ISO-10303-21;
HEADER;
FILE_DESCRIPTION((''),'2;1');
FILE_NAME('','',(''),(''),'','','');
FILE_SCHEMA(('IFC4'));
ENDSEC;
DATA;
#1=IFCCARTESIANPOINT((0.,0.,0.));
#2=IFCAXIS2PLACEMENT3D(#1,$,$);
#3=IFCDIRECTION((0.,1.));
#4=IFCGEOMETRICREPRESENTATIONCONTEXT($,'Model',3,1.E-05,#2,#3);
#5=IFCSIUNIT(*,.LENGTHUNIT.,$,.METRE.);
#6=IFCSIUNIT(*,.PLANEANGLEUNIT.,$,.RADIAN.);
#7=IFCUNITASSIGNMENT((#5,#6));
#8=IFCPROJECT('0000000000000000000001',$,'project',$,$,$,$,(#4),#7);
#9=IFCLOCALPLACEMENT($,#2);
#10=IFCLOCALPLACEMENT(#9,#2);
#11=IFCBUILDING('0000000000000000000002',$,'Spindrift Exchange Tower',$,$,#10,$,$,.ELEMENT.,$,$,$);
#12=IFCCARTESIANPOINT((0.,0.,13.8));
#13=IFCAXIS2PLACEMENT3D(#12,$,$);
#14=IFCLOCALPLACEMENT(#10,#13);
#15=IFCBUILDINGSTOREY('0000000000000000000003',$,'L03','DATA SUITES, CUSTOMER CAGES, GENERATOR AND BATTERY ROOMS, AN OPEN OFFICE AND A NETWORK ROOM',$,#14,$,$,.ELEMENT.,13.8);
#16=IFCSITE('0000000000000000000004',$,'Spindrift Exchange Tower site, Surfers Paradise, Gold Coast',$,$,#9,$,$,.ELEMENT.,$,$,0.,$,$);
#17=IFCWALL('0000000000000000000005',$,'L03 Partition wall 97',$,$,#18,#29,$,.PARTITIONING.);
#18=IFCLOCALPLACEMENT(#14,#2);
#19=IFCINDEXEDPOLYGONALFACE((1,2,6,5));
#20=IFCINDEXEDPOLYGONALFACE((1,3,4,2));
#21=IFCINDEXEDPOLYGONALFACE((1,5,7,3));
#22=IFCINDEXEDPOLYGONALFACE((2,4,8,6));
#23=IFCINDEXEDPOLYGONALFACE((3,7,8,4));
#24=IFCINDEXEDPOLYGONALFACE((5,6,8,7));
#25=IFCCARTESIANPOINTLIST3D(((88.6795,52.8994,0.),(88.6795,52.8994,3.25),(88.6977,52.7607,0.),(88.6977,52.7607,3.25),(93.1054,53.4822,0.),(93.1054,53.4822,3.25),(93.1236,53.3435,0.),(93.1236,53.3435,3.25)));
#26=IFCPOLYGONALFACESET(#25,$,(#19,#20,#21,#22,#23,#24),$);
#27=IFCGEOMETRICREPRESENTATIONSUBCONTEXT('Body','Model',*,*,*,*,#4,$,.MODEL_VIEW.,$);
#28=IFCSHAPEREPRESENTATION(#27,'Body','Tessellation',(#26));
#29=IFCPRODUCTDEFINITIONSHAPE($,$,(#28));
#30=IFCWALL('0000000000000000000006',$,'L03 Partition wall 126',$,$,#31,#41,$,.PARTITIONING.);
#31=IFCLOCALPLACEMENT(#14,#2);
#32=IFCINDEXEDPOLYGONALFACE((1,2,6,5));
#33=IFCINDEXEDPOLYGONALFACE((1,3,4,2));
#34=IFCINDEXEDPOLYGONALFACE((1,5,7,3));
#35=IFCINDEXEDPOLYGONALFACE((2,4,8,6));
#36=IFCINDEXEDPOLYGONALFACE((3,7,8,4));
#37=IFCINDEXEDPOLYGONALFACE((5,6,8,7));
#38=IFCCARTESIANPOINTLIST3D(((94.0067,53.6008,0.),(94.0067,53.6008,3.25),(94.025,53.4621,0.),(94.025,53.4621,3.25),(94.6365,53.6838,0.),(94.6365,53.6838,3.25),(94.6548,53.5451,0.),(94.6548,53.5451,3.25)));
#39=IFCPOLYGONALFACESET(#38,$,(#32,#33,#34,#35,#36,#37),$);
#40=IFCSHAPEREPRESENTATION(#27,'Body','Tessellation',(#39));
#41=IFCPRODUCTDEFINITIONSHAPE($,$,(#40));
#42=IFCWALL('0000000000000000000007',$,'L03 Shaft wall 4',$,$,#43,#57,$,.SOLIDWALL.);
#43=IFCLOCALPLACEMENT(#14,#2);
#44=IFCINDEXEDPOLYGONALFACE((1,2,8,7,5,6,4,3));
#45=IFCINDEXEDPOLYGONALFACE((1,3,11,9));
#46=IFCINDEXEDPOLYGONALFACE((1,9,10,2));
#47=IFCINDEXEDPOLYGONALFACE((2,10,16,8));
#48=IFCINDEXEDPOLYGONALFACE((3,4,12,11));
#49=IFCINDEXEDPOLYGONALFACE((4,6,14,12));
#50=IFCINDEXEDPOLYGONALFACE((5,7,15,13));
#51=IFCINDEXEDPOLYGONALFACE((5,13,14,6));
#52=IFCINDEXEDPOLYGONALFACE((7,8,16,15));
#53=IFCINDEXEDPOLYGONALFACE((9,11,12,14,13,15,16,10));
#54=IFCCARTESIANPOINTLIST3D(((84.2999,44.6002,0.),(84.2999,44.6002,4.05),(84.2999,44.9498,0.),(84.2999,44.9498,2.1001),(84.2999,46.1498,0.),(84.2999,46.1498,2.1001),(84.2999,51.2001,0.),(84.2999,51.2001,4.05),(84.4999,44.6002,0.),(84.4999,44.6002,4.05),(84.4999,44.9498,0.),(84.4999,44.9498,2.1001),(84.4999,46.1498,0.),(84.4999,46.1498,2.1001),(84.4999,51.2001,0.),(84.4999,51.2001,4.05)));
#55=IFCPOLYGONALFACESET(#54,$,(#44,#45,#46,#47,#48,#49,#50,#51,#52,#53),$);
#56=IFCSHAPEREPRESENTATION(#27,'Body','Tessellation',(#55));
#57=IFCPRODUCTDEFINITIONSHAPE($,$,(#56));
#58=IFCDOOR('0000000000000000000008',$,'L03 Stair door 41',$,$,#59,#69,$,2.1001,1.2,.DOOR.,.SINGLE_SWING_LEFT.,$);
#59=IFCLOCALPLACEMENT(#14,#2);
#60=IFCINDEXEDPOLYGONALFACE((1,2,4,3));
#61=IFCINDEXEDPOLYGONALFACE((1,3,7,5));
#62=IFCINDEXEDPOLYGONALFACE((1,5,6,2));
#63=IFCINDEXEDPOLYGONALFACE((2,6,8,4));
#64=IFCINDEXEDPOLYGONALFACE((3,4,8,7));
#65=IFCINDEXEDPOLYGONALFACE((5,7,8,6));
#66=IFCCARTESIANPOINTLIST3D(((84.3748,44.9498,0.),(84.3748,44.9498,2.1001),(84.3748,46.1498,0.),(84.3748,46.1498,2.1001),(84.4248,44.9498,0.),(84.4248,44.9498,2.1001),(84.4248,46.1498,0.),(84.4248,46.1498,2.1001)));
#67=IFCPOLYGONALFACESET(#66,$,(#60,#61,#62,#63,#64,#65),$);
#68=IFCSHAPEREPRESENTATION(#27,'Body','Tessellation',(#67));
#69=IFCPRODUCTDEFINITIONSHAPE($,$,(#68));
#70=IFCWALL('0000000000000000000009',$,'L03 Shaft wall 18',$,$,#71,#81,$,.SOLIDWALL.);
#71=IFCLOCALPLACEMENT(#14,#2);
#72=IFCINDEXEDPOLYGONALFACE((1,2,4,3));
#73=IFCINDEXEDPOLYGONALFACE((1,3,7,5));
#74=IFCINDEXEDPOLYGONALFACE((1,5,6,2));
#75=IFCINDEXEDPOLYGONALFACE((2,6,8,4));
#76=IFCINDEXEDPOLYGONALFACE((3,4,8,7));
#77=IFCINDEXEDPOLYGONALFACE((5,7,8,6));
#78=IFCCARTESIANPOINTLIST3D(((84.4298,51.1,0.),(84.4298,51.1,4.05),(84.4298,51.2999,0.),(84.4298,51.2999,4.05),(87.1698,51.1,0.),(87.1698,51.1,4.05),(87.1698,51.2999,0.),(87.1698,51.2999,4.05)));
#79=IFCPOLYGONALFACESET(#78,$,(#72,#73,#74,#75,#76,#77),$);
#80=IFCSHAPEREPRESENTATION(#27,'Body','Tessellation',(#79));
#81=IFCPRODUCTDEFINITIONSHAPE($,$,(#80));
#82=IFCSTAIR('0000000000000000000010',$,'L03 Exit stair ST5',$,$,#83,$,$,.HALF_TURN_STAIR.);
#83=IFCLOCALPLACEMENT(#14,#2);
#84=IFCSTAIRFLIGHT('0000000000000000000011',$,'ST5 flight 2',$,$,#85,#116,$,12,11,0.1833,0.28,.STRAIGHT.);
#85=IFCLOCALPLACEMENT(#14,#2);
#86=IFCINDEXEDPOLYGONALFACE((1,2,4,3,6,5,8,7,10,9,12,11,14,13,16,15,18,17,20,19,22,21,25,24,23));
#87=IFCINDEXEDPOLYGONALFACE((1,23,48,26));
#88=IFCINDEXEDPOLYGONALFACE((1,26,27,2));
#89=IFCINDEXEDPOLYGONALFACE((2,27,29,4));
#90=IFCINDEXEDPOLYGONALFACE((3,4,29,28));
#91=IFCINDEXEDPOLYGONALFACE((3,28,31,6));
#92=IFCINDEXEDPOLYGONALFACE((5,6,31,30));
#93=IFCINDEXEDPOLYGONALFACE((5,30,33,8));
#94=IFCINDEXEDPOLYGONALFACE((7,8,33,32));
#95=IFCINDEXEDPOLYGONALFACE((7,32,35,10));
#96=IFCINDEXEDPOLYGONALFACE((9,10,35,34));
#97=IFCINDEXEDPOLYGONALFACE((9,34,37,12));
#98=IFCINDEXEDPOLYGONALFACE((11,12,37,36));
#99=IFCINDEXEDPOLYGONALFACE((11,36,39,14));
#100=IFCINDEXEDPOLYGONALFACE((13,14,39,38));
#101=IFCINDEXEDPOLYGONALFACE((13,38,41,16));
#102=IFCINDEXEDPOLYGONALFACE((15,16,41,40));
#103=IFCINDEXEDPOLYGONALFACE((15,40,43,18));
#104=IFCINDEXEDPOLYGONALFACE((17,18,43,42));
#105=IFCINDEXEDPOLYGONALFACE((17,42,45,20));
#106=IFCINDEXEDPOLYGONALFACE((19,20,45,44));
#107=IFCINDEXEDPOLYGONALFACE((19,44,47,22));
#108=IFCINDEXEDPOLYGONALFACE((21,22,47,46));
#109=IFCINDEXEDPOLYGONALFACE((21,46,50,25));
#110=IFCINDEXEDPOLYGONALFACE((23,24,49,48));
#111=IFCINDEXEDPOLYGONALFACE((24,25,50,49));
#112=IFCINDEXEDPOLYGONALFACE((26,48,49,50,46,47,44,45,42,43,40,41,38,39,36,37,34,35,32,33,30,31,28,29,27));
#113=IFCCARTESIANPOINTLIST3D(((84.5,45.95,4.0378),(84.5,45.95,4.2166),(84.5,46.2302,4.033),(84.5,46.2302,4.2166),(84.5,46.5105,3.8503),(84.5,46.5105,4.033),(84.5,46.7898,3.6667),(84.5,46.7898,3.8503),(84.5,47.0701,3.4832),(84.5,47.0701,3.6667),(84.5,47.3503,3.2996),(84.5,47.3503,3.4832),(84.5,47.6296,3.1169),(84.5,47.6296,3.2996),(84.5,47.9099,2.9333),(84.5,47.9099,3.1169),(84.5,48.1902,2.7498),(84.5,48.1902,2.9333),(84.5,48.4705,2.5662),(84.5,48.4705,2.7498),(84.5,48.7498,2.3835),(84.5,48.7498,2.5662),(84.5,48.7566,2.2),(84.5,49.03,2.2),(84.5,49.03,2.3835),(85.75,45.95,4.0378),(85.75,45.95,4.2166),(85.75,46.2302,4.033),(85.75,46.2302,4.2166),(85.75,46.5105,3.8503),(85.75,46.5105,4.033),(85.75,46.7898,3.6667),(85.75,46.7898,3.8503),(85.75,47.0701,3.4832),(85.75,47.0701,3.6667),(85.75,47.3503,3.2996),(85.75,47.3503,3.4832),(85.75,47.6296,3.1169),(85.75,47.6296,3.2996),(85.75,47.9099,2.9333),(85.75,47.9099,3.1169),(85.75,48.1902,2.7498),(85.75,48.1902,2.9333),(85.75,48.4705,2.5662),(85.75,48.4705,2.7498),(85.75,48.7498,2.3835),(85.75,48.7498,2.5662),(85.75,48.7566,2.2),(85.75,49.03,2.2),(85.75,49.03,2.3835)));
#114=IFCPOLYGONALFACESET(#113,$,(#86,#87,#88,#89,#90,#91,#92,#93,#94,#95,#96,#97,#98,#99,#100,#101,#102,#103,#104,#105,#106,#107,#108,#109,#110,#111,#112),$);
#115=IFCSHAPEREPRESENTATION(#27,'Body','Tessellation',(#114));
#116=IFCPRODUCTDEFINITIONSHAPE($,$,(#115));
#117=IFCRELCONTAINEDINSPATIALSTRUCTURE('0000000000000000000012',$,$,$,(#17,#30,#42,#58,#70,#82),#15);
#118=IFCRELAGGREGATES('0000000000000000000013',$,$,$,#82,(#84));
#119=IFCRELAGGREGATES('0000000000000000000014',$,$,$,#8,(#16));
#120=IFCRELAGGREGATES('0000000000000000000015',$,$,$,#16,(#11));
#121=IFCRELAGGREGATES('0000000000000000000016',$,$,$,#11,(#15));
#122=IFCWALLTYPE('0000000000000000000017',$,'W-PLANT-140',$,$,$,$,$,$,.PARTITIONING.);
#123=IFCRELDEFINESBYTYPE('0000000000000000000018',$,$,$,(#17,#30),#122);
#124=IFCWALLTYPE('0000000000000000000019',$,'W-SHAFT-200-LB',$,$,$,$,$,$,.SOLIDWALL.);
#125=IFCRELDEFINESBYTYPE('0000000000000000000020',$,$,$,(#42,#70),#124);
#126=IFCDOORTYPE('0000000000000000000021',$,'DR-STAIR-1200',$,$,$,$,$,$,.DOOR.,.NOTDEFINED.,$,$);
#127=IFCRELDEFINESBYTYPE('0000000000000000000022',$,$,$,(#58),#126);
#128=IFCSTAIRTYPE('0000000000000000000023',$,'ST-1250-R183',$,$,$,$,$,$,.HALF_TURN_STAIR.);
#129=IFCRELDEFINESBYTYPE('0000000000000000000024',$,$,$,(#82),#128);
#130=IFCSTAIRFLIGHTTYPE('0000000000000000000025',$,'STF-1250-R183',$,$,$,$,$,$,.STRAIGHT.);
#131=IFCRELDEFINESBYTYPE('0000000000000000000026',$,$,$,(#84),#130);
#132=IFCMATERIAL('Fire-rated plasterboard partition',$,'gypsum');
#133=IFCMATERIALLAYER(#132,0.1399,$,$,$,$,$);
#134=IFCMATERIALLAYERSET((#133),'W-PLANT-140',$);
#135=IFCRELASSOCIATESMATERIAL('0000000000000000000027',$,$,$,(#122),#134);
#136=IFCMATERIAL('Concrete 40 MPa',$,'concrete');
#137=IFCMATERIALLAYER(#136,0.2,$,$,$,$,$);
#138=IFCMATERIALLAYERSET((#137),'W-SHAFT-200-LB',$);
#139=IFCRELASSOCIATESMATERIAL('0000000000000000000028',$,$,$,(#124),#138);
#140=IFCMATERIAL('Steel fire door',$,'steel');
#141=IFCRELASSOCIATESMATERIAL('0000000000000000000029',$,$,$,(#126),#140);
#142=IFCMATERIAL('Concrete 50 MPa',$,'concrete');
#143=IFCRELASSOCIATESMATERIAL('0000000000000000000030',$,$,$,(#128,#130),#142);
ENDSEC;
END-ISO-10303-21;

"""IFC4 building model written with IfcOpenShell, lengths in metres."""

from ifc_helpers import new_model, si_unit, direction, frame, frame_2d, origin, place, context, subcontext, project, spatial, line, indexed_curve, rectangle, outline, extrude, source, transform, mapped, material, layer, layer_set, type_object, element, fill, aggregate, save


model = new_model("IFC4")

# Units and contexts
model_context = context("Model", 3, precision=1e-05, world=origin(), true_north=direction((0.0, 1.0)))
body_context = subcontext(model_context, "Body", "Model", "MODEL_VIEW")
ifc_project = project(units=[si_unit("LENGTHUNIT", "METRE"), si_unit("PLANEANGLEUNIT", "RADIAN")], contexts=[model_context])

# Site, building, storey
site_placement = place(None, origin())
site = spatial("IfcSite", under=ifc_project, at=site_placement, Name="Spindrift Exchange Tower site, Surfers Paradise, Gold Coast", CompositionType="ELEMENT", RefElevation=0.0)
building_placement = place(site_placement, origin())
building = spatial("IfcBuilding", under=site, at=building_placement, Name="Spindrift Exchange Tower", CompositionType="ELEMENT")
storey_placement = place(building_placement, frame((0.0, 0.0, 13.8)))
storey = spatial("IfcBuildingStorey", under=building, at=storey_placement, Name="L03", Description="DATA SUITES, CUSTOMER CAGES, GENERATOR AND BATTERY ROOMS, AN OPEN OFFICE AND A NETWORK ROOM", CompositionType="ELEMENT", Elevation=13.8)

# Shared definitions
ifc_material_1 = material(Name="Concrete 50 MPa", Category="concrete")

# Shared definitions
ifc_material_2 = material(Name="Fire-rated plasterboard partition", Category="gypsum")
ifc_layer_1 = layer(ifc_material_2, 0.1399)
ifc_layer_set_1 = layer_set([ifc_layer_1], Name="W-PLANT-140")
wall_type_1 = type_object("IfcWallType", Name="W-PLANT-140", PredefinedType="PARTITIONING", material=ifc_layer_set_1)

# Walls
wall_1_placement = place(storey_placement, frame((88.6887, 52.8301, 0.0), z_axis=(0.0, 0.0, 1.0), x_axis=(0.991443, 0.130541, 0.0)))
element("IfcWall", 1, at=wall_1_placement, inside=storey, type_object=wall_type_1, Name="L03 Partition wall 97", PredefinedType="PARTITIONING", context=body_context, shape_type="SweptSolid", body=[
    extrude(rectangle(XDim=4.4641, YDim=0.1399, at=frame_2d((2.2319, 0.0))), origin(), (0.0, 0.0, 1.0), 3.25),
])
wall_2_placement = place(storey_placement, frame((94.0159, 53.5315, 0.0), z_axis=(0.0, 0.0, 1.0), x_axis=(0.991428, 0.130653, 0.0)))
element("IfcWall", 2, at=wall_2_placement, inside=storey, type_object=wall_type_1, Name="L03 Partition wall 126", PredefinedType="PARTITIONING", context=body_context, shape_type="SweptSolid", body=[
    extrude(rectangle(XDim=0.6353, YDim=0.1399, at=frame_2d((0.3176, 0.0))), origin(), (0.0, 0.0, 1.0), 3.25),
])

# Wall, opening, door
ifc_material_3 = material(Name="Concrete 40 MPa", Category="concrete")
ifc_layer_2 = layer(ifc_material_3, 0.2)
ifc_layer_set_2 = layer_set([ifc_layer_2], Name="W-SHAFT-200-LB")
wall_type_2 = type_object("IfcWallType", Name="W-SHAFT-200-LB", PredefinedType="SOLIDWALL", material=ifc_layer_set_2)
wall_3_placement = place(storey_placement, frame((84.3999, 51.2, 0.0), z_axis=(0.0, 0.0, 1.0), x_axis=(0.0, -1.0, 0.0)))
wall_3 = element("IfcWall", 3, at=wall_3_placement, inside=storey, type_object=wall_type_2, Name="L03 Shaft wall 4", PredefinedType="SOLIDWALL", context=body_context, shape_type="SweptSolid", body=[
    extrude(rectangle(XDim=6.5999, YDim=0.2, at=frame_2d((3.2998, 0.0))), origin(), (0.0, 0.0, 1.0), 4.05),
])
opening_1_placement = place(wall_3_placement, frame((5.05, 0.0, 0.0)))
opening_1 = element("IfcOpeningElement", 4, at=opening_1_placement, cuts=wall_3, PredefinedType="OPENING", context=body_context, shape_type="SweptSolid", body=[
    extrude(rectangle(XDim=1.2, YDim=2.1001, at=frame_2d((0.6001, 1.05))), frame((0.0, 0.1099, 0.0), z_axis=(0.0, -1.0, 0.0), x_axis=(1.0, 0.0, 0.0)), (0.0, 0.0, 1.0), 0.22),
])
ifc_material_4 = material(Name="Steel fire door", Category="steel")
door_type_1 = type_object("IfcDoorType", Name="DR-STAIR-1200", OperationType="NOTDEFINED", PredefinedType="DOOR", material=ifc_material_4)
shared_shape_1 = source(origin(), body_context, "Body", "SweptSolid", [
    extrude(rectangle(XDim=1.2, YDim=2.1001, at=frame_2d((0.6001, 1.05))), frame((0.0, 0.0249, 0.0), z_axis=(0.0, -1.0, 0.0), x_axis=(1.0, 0.0, 0.0)), (0.0, 0.0, 1.0), 0.05),
])
door_1_placement = place(opening_1_placement, origin())
door_1 = element("IfcDoor", 5, at=door_1_placement, inside=storey, type_object=door_type_1, Name="L03 Stair door 41", OperationType="SINGLE_SWING_LEFT", OverallHeight=2.1001, OverallWidth=1.2, PredefinedType="DOOR", context=body_context, shape_type="MappedRepresentation", body=[
    mapped(shared_shape_1, transform((0.0, 0.0, 0.0), scale=1.0)),
])
fill(opening_1, door_1)

# Wall
wall_4_placement = place(storey_placement, frame((87.1699, 51.2, 0.0), z_axis=(0.0, 0.0, 1.0), x_axis=(-1.0, 0.0, 0.0)))
element("IfcWall", 6, at=wall_4_placement, inside=storey, type_object=wall_type_2, Name="L03 Shaft wall 18", PredefinedType="SOLIDWALL", context=body_context, shape_type="SweptSolid", body=[
    extrude(rectangle(XDim=2.74, YDim=0.2, at=frame_2d((1.3701, 0.0))), origin(), (0.0, 0.0, 1.0), 4.05),
])

# Stair, stair flight
stair_type = type_object("IfcStairType", Name="ST-1250-R183", PredefinedType="HALF_TURN_STAIR", material=ifc_material_1)
stair_placement = place(storey_placement, origin())
stair = element("IfcStair", 7, at=stair_placement, inside=storey, type_object=stair_type, Name="L03 Exit stair ST5", PredefinedType="HALF_TURN_STAIR")
stair_flight_type = type_object("IfcStairFlightType", Name="STF-1250-R183", PredefinedType="STRAIGHT", material=ifc_material_1)
stair_flight_placement = place(storey_placement, frame((85.125, 49.03, 2.2), z_axis=(0.0, 0.0, 1.0), x_axis=(0.0, -1.0, 0.0)))
stair_flight = element("IfcStairFlight", 8, at=stair_flight_placement, type_object=stair_flight_type, Name="ST5 flight 2", NumberOfRisers=12, NumberOfTreads=11, PredefinedType="STRAIGHT", RiserHeight=0.1833, TreadLength=0.28, context=body_context, shape_type="SweptSolid", body=[
    extrude(outline(indexed_curve([(0.0, 0.0), (0.0, 0.1836), (0.2803, 0.1836), (0.2803, 0.3662), (0.5596, 0.3662), (0.5596, 0.5498), (0.8398, 0.5498), (0.8398, 0.7334), (1.1201, 0.7334), (1.1201, 0.917), (1.4004, 0.917), (1.4004, 1.0996), (1.6797, 1.0996), (1.6797, 1.2832), (1.96, 1.2832), (1.96, 1.4668), (2.2402, 1.4668), (2.2402, 1.6504), (2.5195, 1.6504), (2.5195, 1.833), (2.7998, 1.833), (2.7998, 2.0166), (3.0801, 2.0166), (3.0801, 2.2002), (3.0801, 1.8379), (0.2734, 0.0)], segments=[line(1, 2, 3, 4, 5, 6, 7, 8, 9, 10, 11, 12, 13, 14, 15, 16, 17, 18, 19, 20, 21, 22, 23, 24, 25, 26, 1)], self_intersect=False)), frame((0.0, 0.625, 0.0), z_axis=(0.0, -1.0, 0.0), x_axis=(1.0, 0.0, 0.0)), (0.0, 0.0, 1.0), 1.25),
])
aggregate(stair, [stair_flight])

save(model, "model.ifc")
